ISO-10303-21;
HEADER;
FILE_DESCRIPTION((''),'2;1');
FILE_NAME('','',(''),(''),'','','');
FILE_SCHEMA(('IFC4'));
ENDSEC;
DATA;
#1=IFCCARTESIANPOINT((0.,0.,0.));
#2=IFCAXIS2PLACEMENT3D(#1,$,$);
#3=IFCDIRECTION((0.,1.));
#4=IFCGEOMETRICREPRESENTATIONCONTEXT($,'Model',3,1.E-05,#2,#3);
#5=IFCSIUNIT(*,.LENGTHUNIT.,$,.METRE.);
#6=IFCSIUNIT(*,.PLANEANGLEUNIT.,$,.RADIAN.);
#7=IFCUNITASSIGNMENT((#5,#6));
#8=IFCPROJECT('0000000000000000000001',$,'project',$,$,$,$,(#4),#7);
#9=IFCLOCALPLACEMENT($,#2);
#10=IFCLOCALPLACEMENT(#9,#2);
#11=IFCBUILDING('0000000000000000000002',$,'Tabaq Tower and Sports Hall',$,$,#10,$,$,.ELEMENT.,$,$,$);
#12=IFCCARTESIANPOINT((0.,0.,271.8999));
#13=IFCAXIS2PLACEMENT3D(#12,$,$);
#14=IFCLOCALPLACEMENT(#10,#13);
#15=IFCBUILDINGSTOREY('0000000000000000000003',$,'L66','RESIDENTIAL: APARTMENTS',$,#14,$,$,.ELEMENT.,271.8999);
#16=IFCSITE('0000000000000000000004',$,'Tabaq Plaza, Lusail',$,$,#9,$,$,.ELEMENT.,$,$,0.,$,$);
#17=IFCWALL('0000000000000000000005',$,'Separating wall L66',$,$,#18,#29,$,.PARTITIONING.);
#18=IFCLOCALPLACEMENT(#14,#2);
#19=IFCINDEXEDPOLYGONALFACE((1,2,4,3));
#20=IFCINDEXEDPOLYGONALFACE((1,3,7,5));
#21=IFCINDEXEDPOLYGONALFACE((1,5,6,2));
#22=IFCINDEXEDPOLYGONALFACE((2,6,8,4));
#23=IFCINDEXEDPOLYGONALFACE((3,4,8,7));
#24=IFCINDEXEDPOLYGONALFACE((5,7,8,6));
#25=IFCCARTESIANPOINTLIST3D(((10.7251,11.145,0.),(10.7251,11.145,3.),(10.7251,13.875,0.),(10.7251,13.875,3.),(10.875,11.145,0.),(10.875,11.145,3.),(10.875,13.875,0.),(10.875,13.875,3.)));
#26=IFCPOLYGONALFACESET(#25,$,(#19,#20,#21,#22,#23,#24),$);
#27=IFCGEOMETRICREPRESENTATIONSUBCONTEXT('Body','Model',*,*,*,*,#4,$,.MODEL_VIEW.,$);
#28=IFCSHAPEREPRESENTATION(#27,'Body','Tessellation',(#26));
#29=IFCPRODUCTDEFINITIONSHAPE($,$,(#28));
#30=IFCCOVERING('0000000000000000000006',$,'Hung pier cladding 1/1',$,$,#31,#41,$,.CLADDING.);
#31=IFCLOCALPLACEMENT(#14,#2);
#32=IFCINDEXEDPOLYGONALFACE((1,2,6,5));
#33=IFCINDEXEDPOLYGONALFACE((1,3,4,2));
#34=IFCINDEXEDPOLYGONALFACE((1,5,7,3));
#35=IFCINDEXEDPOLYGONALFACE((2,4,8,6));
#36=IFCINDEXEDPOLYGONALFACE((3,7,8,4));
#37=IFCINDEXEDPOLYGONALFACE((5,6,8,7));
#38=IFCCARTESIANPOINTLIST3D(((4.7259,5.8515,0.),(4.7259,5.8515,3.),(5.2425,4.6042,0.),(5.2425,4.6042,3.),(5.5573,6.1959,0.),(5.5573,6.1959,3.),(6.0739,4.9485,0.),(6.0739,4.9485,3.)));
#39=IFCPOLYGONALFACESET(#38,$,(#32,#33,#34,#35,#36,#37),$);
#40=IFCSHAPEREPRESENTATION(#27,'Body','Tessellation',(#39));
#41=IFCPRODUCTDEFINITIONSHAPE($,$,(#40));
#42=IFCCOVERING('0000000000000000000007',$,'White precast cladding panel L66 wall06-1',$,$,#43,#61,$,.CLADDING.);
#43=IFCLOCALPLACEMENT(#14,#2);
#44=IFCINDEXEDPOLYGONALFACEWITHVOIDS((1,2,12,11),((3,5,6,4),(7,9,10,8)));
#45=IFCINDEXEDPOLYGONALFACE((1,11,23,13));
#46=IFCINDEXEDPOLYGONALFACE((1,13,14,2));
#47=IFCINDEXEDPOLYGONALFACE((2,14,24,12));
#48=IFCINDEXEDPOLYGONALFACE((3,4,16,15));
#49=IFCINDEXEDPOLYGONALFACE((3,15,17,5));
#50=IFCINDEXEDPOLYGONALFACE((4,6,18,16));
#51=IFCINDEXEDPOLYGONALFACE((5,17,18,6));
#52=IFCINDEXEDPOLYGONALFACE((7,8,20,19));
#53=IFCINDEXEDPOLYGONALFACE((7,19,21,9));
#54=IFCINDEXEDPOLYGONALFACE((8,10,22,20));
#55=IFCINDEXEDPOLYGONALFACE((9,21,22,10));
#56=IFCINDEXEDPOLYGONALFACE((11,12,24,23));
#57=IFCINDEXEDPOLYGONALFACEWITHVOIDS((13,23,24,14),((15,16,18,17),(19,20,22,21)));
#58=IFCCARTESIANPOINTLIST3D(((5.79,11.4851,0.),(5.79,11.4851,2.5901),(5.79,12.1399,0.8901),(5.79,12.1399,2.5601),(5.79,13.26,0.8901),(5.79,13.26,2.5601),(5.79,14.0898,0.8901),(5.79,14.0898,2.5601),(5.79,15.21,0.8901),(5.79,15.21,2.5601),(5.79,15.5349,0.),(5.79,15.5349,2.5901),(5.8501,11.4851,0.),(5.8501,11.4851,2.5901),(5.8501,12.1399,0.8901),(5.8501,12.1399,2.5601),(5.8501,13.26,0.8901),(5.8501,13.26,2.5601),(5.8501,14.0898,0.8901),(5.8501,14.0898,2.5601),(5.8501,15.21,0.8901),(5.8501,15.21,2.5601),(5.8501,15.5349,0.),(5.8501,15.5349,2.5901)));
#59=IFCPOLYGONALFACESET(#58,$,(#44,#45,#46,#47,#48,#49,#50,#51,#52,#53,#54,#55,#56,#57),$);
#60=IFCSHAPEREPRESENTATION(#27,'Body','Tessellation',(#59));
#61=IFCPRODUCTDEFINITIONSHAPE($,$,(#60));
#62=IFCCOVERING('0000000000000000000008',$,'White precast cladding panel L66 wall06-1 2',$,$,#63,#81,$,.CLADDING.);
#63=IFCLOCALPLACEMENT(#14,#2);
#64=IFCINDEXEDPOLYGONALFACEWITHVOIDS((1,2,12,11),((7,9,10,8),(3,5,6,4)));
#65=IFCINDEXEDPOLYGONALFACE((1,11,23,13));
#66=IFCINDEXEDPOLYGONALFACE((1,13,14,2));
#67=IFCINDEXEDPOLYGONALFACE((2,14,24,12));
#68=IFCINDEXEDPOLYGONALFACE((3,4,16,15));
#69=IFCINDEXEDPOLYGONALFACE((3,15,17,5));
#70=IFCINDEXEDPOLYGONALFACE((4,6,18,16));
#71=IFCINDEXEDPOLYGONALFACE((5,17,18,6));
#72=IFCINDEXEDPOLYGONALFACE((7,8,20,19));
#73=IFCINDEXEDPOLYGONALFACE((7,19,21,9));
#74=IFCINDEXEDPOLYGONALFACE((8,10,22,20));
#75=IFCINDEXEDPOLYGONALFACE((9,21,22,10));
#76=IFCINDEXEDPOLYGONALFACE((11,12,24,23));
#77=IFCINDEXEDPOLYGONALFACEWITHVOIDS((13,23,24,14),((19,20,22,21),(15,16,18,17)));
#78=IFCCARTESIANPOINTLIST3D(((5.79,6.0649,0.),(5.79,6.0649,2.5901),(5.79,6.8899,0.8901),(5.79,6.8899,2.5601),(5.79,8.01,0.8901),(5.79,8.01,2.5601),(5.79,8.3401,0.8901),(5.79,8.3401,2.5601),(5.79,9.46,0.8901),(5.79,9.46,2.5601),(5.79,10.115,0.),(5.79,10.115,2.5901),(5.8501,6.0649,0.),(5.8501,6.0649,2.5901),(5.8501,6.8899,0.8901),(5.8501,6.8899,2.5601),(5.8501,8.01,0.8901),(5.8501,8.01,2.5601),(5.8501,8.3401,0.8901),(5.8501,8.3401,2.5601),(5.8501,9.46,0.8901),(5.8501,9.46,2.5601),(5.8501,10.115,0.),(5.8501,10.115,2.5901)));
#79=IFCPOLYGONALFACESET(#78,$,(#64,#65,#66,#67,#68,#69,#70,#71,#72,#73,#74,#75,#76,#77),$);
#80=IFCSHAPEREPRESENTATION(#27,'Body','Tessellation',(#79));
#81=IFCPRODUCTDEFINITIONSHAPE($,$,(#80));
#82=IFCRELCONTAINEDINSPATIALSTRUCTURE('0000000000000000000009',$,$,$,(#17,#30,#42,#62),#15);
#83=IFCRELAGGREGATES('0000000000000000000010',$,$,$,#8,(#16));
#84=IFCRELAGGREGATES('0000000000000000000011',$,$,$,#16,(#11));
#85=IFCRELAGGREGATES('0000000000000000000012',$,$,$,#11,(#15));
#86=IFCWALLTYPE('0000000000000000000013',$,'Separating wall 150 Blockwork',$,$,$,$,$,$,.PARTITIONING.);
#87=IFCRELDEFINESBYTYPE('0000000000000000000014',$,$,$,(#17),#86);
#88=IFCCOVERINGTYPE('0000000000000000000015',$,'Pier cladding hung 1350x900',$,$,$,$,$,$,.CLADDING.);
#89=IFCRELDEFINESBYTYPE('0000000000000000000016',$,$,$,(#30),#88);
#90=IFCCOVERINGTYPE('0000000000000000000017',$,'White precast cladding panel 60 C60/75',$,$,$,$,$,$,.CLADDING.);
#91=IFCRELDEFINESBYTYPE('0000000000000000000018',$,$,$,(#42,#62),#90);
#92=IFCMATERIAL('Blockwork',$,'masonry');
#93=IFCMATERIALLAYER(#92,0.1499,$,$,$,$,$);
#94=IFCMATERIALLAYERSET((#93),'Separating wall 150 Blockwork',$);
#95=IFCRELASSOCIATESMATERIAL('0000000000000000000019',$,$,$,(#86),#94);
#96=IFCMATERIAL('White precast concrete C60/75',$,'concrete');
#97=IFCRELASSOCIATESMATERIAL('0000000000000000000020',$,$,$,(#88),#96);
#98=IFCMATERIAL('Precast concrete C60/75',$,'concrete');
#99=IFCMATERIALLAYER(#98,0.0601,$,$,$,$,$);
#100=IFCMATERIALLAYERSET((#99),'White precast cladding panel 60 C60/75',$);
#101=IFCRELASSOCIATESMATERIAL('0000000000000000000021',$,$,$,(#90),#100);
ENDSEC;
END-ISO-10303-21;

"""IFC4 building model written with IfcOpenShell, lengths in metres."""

from ifc_helpers import new_model, si_unit, direction, frame, frame_2d, origin, place, context, subcontext, project, spatial, polyline, rectangle, outline, extrude, material, layer, layer_set, type_object, element, save


model = new_model("IFC4")

# Units and contexts
model_context = context("Model", 3, precision=1e-05, world=origin(), true_north=direction((0.0, 1.0)))
body_context = subcontext(model_context, "Body", "Model", "MODEL_VIEW")
ifc_project = project(units=[si_unit("LENGTHUNIT", "METRE"), si_unit("PLANEANGLEUNIT", "RADIAN")], contexts=[model_context])

# Site, building, storey
site_placement = place(None, origin())
site = spatial("IfcSite", under=ifc_project, at=site_placement, Name="Tabaq Plaza, Lusail", CompositionType="ELEMENT", RefElevation=0.0)
building_placement = place(site_placement, origin())
building = spatial("IfcBuilding", under=site, at=building_placement, Name="Tabaq Tower and Sports Hall", CompositionType="ELEMENT")
storey_placement = place(building_placement, frame((0.0, 0.0, 271.8999)))
storey = spatial("IfcBuildingStorey", under=building, at=storey_placement, Name="L66", Description="RESIDENTIAL: APARTMENTS", CompositionType="ELEMENT", Elevation=271.8999)

# Wall
ifc_material_1 = material(Name="Blockwork", Category="masonry")
ifc_layer_1 = layer(ifc_material_1, 0.1499)
ifc_layer_set_1 = layer_set([ifc_layer_1], Name="Separating wall 150 Blockwork")
wall_type_1 = type_object("IfcWallType", Name="Separating wall 150 Blockwork", PredefinedType="PARTITIONING", material=ifc_layer_set_1)
wall_1_placement = place(storey_placement, frame((10.8, 11.145, 0.0), z_axis=(0.0, 0.0, 1.0), x_axis=(0.0, 1.0, 0.0)))
element("IfcWall", 1, at=wall_1_placement, inside=storey, type_object=wall_type_1, Name="Separating wall L66", PredefinedType="PARTITIONING", context=body_context, shape_type="SweptSolid", body=[
    extrude(rectangle(XDim=2.73, YDim=0.1499, at=frame_2d((1.365, 0.0))), origin(), (0.0, 0.0, 1.0), 3.0),
])

# Coverings
ifc_material_2 = material(Name="White precast concrete C60/75", Category="concrete")
covering_type_1 = type_object("IfcCoveringType", Name="Pier cladding hung 1350x900", PredefinedType="CLADDING", material=ifc_material_2)
covering_1_placement = place(storey_placement, frame((5.1416, 6.0237, 0.0), z_axis=(0.0, 0.0, 1.0), x_axis=(0.38265, -0.923893, 0.0)))
element("IfcCovering", 2, at=covering_1_placement, inside=storey, type_object=covering_type_1, Name="Hung pier cladding 1/1", PredefinedType="CLADDING", context=body_context, shape_type="SweptSolid", body=[
    extrude(rectangle(XDim=1.3501, YDim=0.8999, at=frame_2d((0.675, 0.0))), origin(), (0.0, 0.0, 1.0), 3.0),
])
ifc_material_3 = material(Name="Precast concrete C60/75", Category="concrete")
ifc_layer_2 = layer(ifc_material_3, 0.0601)
ifc_layer_set_2 = layer_set([ifc_layer_2], Name="White precast cladding panel 60 C60/75")
covering_type_2 = type_object("IfcCoveringType", Name="White precast cladding panel 60 C60/75", PredefinedType="CLADDING", material=ifc_layer_set_2)
covering_2_placement = place(storey_placement, frame((5.8201, 15.5349, 0.0), z_axis=(0.0, 0.0, 1.0), x_axis=(0.0, -1.0, 0.0)))
element("IfcCovering", 3, at=covering_2_placement, inside=storey, type_object=covering_type_2, Name="White precast cladding panel L66 wall06-1", PredefinedType="CLADDING", context=body_context, shape_type="SweptSolid", body=[
    extrude(outline(polyline([(0.0, 0.0), (4.0498, 0.0), (4.0498, 2.5901), (0.0, 2.5901), (0.0, 0.0)]), holes=[polyline([(0.325, 0.8901), (0.325, 2.5601), (1.4451, 2.5601), (1.4451, 0.8901), (0.325, 0.8901)]), polyline([(2.2749, 0.8901), (2.2749, 2.5601), (3.395, 2.5601), (3.395, 0.8901), (2.2749, 0.8901)])]), frame((0.0, 0.03, 0.0), z_axis=(0.0, -1.0, 0.0), x_axis=(1.0, 0.0, 0.0)), (0.0, 0.0, 1.0), 0.0601),
])
covering_3_placement = place(storey_placement, frame((5.8201, 10.115, 0.0), z_axis=(0.0, 0.0, 1.0), x_axis=(0.0, -1.0, 0.0)))
element("IfcCovering", 4, at=covering_3_placement, inside=storey, type_object=covering_type_2, Name="White precast cladding panel L66 wall06-1 2", PredefinedType="CLADDING", context=body_context, shape_type="SweptSolid", body=[
    extrude(outline(polyline([(0.0, 0.0), (4.05, 0.0), (4.05, 2.5901), (0.0, 2.5901), (0.0, 0.0)]), holes=[polyline([(0.655, 0.8901), (0.655, 2.5601), (1.7749, 2.5601), (1.7749, 0.8901), (0.655, 0.8901)]), polyline([(2.105, 0.8901), (2.105, 2.5601), (3.2251, 2.5601), (3.2251, 0.8901), (2.105, 0.8901)])]), frame((0.0, 0.03, 0.0), z_axis=(0.0, -1.0, 0.0), x_axis=(1.0, 0.0, 0.0)), (0.0, 0.0, 1.0), 0.0601),
])

save(model, "model.ifc")
